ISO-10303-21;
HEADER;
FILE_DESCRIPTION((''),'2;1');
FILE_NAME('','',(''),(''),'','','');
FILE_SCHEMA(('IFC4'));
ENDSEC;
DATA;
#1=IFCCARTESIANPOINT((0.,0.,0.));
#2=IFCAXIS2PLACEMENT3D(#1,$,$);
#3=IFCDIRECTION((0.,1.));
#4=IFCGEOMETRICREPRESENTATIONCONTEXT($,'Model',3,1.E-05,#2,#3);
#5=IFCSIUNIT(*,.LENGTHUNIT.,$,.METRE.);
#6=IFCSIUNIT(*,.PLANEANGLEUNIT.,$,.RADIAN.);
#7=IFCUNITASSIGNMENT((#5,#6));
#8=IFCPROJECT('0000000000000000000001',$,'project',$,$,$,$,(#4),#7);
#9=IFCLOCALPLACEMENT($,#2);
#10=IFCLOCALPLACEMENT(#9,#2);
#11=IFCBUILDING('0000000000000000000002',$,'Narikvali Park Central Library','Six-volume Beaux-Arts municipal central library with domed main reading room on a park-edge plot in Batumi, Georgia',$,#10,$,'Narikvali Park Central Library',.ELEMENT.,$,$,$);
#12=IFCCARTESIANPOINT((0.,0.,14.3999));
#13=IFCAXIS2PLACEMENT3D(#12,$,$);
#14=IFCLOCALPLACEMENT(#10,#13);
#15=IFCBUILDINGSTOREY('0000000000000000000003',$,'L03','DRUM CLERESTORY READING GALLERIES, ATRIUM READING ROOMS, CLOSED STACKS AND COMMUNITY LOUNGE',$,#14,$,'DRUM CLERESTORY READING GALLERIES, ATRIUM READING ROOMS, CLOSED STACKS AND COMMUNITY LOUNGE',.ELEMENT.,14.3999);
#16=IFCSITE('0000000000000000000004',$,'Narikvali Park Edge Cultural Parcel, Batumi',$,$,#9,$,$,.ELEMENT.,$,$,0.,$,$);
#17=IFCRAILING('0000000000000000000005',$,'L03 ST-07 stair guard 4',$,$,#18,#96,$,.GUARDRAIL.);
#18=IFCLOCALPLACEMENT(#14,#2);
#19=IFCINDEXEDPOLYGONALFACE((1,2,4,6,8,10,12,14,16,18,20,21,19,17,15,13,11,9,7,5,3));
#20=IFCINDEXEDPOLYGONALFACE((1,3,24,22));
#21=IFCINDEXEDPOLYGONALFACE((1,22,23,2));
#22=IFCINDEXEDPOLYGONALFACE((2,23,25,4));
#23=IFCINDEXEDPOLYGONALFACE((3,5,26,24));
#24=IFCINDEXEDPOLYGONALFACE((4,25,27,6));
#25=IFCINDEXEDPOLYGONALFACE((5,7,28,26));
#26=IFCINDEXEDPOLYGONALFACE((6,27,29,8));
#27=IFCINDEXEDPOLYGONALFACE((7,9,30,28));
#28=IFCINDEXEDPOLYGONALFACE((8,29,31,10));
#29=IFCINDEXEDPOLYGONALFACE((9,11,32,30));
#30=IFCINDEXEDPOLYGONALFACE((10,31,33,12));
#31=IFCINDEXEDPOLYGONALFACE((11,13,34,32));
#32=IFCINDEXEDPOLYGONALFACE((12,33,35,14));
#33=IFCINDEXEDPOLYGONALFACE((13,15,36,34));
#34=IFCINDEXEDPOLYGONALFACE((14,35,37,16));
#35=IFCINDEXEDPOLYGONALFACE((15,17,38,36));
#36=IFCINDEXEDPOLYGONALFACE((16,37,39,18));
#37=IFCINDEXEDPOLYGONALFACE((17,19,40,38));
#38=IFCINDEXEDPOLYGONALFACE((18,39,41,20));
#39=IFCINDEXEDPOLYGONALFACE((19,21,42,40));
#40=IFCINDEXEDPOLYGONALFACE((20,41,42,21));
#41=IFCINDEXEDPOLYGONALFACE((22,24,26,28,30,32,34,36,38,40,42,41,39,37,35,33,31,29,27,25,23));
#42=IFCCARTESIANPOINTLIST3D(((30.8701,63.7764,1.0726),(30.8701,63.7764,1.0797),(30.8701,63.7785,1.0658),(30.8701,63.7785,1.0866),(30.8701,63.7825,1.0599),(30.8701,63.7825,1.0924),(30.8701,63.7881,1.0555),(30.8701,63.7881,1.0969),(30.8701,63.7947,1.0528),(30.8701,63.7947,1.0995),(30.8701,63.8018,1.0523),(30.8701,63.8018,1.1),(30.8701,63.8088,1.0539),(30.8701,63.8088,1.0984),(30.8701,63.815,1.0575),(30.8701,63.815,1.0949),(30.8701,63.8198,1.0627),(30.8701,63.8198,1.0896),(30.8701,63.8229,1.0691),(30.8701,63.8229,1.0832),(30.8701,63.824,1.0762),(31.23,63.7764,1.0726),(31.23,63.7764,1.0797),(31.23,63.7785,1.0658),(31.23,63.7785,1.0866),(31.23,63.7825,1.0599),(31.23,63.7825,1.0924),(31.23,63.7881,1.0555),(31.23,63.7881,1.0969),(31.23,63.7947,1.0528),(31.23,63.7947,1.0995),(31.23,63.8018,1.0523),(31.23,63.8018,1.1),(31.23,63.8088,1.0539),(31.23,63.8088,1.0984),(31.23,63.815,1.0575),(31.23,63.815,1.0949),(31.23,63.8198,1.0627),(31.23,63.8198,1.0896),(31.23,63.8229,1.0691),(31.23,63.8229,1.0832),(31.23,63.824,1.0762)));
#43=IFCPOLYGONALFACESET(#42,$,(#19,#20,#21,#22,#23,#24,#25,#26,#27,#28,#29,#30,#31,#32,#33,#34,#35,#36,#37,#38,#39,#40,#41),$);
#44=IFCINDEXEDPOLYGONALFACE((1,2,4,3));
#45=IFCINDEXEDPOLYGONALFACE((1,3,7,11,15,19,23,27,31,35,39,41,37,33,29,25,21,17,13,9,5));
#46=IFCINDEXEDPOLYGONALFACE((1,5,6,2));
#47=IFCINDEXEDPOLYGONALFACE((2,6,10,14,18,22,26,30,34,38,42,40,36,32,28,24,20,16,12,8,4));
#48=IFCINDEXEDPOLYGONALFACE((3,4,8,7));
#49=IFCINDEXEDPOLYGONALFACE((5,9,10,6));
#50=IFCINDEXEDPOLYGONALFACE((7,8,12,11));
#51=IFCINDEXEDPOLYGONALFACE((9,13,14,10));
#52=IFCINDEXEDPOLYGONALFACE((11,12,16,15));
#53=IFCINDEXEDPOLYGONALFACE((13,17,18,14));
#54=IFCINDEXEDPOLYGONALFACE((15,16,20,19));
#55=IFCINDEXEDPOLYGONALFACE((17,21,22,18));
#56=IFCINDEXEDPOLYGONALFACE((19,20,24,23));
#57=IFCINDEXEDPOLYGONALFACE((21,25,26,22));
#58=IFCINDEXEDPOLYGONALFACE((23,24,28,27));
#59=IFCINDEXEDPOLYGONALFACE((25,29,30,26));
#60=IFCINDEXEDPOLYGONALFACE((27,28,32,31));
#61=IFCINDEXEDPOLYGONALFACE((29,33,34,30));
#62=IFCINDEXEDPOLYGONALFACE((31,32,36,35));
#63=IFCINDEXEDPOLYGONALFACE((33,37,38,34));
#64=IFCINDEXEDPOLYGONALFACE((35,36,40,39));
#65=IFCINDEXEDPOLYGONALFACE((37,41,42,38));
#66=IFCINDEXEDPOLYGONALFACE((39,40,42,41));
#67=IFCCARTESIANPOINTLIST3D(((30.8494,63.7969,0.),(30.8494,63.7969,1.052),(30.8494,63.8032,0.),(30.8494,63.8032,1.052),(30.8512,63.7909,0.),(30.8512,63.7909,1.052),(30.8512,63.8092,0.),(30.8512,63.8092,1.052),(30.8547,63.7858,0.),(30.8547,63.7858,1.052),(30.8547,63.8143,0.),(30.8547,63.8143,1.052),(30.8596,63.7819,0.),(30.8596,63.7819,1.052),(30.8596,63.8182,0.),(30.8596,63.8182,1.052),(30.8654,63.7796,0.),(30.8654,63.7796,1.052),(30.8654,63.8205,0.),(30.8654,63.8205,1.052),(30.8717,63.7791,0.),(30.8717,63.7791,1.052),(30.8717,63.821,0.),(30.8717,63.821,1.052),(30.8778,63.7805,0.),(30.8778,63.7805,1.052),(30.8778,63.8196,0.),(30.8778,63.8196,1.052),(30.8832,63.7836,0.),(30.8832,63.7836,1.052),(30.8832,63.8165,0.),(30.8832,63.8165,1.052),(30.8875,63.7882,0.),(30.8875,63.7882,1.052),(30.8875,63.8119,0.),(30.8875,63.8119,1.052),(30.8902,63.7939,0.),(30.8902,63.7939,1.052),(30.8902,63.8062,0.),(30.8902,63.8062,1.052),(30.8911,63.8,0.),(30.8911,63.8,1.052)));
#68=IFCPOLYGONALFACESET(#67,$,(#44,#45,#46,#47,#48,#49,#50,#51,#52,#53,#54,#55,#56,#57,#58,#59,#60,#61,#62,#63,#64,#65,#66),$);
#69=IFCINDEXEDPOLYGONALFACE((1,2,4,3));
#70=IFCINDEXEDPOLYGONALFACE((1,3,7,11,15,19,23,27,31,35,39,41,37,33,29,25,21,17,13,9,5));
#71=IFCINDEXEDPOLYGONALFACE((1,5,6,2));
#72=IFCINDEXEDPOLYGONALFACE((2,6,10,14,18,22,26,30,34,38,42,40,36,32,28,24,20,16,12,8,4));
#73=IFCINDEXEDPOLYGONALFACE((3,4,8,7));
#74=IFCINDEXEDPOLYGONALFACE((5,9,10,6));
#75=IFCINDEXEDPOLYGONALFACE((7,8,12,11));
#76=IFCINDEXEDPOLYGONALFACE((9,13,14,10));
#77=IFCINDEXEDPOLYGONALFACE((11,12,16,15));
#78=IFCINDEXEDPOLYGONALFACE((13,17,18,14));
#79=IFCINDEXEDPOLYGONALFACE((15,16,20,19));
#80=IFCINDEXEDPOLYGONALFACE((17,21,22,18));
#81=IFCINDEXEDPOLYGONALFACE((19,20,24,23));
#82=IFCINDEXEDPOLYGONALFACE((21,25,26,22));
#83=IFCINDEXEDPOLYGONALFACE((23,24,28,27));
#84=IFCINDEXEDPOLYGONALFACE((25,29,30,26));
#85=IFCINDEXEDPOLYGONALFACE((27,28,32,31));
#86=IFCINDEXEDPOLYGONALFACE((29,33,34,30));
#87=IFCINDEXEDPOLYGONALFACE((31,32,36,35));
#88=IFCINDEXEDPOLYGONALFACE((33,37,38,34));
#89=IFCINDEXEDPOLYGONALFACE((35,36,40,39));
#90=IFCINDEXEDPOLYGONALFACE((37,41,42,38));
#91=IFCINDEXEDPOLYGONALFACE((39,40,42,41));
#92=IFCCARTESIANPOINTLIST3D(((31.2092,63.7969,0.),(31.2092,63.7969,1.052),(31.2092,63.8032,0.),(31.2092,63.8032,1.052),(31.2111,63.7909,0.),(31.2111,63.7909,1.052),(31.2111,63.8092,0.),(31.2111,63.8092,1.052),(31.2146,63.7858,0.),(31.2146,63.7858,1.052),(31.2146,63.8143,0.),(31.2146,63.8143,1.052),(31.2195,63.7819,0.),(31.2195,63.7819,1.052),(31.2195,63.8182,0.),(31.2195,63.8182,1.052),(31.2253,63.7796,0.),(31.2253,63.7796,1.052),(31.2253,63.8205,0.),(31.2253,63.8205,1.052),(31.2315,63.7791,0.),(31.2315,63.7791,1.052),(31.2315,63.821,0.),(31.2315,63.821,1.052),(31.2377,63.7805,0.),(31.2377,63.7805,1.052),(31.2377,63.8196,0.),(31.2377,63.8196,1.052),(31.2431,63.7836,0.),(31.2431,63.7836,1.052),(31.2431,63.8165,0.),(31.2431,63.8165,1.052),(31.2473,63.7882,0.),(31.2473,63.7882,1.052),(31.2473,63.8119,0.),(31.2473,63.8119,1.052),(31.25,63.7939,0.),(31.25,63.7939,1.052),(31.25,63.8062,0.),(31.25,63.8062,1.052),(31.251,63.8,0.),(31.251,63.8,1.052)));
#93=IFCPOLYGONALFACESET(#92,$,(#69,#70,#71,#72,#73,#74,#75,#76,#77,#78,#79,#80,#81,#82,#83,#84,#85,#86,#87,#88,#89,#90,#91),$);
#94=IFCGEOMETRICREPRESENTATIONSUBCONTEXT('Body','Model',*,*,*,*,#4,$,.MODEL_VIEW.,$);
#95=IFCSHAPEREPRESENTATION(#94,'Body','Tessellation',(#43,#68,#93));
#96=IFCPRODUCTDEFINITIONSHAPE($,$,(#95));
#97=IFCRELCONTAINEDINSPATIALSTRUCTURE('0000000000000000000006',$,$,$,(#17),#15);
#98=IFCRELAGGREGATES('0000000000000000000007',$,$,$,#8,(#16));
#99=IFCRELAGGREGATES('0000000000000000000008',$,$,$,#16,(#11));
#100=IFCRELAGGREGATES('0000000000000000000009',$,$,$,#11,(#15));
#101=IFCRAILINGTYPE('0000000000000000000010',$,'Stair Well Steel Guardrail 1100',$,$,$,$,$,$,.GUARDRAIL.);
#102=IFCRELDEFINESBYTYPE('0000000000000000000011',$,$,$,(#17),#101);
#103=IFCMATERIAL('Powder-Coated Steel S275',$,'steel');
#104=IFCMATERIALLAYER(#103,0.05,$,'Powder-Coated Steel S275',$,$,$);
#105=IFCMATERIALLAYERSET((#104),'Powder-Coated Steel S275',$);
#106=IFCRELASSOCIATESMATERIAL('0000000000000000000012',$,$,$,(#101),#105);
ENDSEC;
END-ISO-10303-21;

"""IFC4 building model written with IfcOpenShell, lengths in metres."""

from ifc_helpers import new_model, si_unit, direction, frame, origin, origin_2d, place, context, subcontext, project, spatial, circle, extrude, material, layer, layer_set, type_object, element, save


model = new_model("IFC4")

# Units and contexts
model_context = context("Model", 3, precision=1e-05, world=origin(), true_north=direction((0.0, 1.0)))
body_context = subcontext(model_context, "Body", "Model", "MODEL_VIEW")
ifc_project = project(units=[si_unit("LENGTHUNIT", "METRE"), si_unit("PLANEANGLEUNIT", "RADIAN")], contexts=[model_context])

# Site, building, storey
site_placement = place(None, origin())
site = spatial("IfcSite", under=ifc_project, at=site_placement, Name="Narikvali Park Edge Cultural Parcel, Batumi", CompositionType="ELEMENT", RefElevation=0.0)
building_placement = place(site_placement, origin())
building = spatial("IfcBuilding", under=site, at=building_placement, Name="Narikvali Park Central Library", Description="Six-volume Beaux-Arts municipal central library with domed main reading room on a park-edge plot in Batumi, Georgia", LongName="Narikvali Park Central Library", CompositionType="ELEMENT")
storey_placement = place(building_placement, frame((0.0, 0.0, 14.3999)))
storey = spatial("IfcBuildingStorey", under=building, at=storey_placement, Name="L03", Description="DRUM CLERESTORY READING GALLERIES, ATRIUM READING ROOMS, CLOSED STACKS AND COMMUNITY LOUNGE", LongName="DRUM CLERESTORY READING GALLERIES, ATRIUM READING ROOMS, CLOSED STACKS AND COMMUNITY LOUNGE", CompositionType="ELEMENT", Elevation=14.3999)

# Railing
ifc_material_1 = material(Name="Powder-Coated Steel S275", Category="steel")
ifc_layer_1 = layer(ifc_material_1, 0.05, Name="Powder-Coated Steel S275")
ifc_layer_set_1 = layer_set([ifc_layer_1], Name="Powder-Coated Steel S275")
railing_type_1 = type_object("IfcRailingType", Name="Stair Well Steel Guardrail 1100", PredefinedType="GUARDRAIL", material=ifc_layer_set_1)
railing_1_placement = place(storey_placement, frame((30.8701, 63.8, 0.0)))
element("IfcRailing", 1, at=railing_1_placement, inside=storey, type_object=railing_type_1, Name="L03 ST-07 stair guard 4", PredefinedType="GUARDRAIL", context=body_context, shape_type="SweptSolid", body=[
    extrude(circle(Radius=0.0239, at=origin_2d()), frame((0.0, 0.0, 1.0762), z_axis=(1.0, 0.0, 0.0), x_axis=(0.0, 1.0, 0.0)), (0.0, 0.0, 1.0), 0.3599),
    extrude(circle(Radius=0.021, at=origin_2d()), origin(), (0.0, 0.0, 1.0), 1.052),
    extrude(circle(Radius=0.021, at=origin_2d()), frame((0.3599, 0.0, 0.0)), (0.0, 0.0, 1.0), 1.052),
])

save(model, "model.ifc")
